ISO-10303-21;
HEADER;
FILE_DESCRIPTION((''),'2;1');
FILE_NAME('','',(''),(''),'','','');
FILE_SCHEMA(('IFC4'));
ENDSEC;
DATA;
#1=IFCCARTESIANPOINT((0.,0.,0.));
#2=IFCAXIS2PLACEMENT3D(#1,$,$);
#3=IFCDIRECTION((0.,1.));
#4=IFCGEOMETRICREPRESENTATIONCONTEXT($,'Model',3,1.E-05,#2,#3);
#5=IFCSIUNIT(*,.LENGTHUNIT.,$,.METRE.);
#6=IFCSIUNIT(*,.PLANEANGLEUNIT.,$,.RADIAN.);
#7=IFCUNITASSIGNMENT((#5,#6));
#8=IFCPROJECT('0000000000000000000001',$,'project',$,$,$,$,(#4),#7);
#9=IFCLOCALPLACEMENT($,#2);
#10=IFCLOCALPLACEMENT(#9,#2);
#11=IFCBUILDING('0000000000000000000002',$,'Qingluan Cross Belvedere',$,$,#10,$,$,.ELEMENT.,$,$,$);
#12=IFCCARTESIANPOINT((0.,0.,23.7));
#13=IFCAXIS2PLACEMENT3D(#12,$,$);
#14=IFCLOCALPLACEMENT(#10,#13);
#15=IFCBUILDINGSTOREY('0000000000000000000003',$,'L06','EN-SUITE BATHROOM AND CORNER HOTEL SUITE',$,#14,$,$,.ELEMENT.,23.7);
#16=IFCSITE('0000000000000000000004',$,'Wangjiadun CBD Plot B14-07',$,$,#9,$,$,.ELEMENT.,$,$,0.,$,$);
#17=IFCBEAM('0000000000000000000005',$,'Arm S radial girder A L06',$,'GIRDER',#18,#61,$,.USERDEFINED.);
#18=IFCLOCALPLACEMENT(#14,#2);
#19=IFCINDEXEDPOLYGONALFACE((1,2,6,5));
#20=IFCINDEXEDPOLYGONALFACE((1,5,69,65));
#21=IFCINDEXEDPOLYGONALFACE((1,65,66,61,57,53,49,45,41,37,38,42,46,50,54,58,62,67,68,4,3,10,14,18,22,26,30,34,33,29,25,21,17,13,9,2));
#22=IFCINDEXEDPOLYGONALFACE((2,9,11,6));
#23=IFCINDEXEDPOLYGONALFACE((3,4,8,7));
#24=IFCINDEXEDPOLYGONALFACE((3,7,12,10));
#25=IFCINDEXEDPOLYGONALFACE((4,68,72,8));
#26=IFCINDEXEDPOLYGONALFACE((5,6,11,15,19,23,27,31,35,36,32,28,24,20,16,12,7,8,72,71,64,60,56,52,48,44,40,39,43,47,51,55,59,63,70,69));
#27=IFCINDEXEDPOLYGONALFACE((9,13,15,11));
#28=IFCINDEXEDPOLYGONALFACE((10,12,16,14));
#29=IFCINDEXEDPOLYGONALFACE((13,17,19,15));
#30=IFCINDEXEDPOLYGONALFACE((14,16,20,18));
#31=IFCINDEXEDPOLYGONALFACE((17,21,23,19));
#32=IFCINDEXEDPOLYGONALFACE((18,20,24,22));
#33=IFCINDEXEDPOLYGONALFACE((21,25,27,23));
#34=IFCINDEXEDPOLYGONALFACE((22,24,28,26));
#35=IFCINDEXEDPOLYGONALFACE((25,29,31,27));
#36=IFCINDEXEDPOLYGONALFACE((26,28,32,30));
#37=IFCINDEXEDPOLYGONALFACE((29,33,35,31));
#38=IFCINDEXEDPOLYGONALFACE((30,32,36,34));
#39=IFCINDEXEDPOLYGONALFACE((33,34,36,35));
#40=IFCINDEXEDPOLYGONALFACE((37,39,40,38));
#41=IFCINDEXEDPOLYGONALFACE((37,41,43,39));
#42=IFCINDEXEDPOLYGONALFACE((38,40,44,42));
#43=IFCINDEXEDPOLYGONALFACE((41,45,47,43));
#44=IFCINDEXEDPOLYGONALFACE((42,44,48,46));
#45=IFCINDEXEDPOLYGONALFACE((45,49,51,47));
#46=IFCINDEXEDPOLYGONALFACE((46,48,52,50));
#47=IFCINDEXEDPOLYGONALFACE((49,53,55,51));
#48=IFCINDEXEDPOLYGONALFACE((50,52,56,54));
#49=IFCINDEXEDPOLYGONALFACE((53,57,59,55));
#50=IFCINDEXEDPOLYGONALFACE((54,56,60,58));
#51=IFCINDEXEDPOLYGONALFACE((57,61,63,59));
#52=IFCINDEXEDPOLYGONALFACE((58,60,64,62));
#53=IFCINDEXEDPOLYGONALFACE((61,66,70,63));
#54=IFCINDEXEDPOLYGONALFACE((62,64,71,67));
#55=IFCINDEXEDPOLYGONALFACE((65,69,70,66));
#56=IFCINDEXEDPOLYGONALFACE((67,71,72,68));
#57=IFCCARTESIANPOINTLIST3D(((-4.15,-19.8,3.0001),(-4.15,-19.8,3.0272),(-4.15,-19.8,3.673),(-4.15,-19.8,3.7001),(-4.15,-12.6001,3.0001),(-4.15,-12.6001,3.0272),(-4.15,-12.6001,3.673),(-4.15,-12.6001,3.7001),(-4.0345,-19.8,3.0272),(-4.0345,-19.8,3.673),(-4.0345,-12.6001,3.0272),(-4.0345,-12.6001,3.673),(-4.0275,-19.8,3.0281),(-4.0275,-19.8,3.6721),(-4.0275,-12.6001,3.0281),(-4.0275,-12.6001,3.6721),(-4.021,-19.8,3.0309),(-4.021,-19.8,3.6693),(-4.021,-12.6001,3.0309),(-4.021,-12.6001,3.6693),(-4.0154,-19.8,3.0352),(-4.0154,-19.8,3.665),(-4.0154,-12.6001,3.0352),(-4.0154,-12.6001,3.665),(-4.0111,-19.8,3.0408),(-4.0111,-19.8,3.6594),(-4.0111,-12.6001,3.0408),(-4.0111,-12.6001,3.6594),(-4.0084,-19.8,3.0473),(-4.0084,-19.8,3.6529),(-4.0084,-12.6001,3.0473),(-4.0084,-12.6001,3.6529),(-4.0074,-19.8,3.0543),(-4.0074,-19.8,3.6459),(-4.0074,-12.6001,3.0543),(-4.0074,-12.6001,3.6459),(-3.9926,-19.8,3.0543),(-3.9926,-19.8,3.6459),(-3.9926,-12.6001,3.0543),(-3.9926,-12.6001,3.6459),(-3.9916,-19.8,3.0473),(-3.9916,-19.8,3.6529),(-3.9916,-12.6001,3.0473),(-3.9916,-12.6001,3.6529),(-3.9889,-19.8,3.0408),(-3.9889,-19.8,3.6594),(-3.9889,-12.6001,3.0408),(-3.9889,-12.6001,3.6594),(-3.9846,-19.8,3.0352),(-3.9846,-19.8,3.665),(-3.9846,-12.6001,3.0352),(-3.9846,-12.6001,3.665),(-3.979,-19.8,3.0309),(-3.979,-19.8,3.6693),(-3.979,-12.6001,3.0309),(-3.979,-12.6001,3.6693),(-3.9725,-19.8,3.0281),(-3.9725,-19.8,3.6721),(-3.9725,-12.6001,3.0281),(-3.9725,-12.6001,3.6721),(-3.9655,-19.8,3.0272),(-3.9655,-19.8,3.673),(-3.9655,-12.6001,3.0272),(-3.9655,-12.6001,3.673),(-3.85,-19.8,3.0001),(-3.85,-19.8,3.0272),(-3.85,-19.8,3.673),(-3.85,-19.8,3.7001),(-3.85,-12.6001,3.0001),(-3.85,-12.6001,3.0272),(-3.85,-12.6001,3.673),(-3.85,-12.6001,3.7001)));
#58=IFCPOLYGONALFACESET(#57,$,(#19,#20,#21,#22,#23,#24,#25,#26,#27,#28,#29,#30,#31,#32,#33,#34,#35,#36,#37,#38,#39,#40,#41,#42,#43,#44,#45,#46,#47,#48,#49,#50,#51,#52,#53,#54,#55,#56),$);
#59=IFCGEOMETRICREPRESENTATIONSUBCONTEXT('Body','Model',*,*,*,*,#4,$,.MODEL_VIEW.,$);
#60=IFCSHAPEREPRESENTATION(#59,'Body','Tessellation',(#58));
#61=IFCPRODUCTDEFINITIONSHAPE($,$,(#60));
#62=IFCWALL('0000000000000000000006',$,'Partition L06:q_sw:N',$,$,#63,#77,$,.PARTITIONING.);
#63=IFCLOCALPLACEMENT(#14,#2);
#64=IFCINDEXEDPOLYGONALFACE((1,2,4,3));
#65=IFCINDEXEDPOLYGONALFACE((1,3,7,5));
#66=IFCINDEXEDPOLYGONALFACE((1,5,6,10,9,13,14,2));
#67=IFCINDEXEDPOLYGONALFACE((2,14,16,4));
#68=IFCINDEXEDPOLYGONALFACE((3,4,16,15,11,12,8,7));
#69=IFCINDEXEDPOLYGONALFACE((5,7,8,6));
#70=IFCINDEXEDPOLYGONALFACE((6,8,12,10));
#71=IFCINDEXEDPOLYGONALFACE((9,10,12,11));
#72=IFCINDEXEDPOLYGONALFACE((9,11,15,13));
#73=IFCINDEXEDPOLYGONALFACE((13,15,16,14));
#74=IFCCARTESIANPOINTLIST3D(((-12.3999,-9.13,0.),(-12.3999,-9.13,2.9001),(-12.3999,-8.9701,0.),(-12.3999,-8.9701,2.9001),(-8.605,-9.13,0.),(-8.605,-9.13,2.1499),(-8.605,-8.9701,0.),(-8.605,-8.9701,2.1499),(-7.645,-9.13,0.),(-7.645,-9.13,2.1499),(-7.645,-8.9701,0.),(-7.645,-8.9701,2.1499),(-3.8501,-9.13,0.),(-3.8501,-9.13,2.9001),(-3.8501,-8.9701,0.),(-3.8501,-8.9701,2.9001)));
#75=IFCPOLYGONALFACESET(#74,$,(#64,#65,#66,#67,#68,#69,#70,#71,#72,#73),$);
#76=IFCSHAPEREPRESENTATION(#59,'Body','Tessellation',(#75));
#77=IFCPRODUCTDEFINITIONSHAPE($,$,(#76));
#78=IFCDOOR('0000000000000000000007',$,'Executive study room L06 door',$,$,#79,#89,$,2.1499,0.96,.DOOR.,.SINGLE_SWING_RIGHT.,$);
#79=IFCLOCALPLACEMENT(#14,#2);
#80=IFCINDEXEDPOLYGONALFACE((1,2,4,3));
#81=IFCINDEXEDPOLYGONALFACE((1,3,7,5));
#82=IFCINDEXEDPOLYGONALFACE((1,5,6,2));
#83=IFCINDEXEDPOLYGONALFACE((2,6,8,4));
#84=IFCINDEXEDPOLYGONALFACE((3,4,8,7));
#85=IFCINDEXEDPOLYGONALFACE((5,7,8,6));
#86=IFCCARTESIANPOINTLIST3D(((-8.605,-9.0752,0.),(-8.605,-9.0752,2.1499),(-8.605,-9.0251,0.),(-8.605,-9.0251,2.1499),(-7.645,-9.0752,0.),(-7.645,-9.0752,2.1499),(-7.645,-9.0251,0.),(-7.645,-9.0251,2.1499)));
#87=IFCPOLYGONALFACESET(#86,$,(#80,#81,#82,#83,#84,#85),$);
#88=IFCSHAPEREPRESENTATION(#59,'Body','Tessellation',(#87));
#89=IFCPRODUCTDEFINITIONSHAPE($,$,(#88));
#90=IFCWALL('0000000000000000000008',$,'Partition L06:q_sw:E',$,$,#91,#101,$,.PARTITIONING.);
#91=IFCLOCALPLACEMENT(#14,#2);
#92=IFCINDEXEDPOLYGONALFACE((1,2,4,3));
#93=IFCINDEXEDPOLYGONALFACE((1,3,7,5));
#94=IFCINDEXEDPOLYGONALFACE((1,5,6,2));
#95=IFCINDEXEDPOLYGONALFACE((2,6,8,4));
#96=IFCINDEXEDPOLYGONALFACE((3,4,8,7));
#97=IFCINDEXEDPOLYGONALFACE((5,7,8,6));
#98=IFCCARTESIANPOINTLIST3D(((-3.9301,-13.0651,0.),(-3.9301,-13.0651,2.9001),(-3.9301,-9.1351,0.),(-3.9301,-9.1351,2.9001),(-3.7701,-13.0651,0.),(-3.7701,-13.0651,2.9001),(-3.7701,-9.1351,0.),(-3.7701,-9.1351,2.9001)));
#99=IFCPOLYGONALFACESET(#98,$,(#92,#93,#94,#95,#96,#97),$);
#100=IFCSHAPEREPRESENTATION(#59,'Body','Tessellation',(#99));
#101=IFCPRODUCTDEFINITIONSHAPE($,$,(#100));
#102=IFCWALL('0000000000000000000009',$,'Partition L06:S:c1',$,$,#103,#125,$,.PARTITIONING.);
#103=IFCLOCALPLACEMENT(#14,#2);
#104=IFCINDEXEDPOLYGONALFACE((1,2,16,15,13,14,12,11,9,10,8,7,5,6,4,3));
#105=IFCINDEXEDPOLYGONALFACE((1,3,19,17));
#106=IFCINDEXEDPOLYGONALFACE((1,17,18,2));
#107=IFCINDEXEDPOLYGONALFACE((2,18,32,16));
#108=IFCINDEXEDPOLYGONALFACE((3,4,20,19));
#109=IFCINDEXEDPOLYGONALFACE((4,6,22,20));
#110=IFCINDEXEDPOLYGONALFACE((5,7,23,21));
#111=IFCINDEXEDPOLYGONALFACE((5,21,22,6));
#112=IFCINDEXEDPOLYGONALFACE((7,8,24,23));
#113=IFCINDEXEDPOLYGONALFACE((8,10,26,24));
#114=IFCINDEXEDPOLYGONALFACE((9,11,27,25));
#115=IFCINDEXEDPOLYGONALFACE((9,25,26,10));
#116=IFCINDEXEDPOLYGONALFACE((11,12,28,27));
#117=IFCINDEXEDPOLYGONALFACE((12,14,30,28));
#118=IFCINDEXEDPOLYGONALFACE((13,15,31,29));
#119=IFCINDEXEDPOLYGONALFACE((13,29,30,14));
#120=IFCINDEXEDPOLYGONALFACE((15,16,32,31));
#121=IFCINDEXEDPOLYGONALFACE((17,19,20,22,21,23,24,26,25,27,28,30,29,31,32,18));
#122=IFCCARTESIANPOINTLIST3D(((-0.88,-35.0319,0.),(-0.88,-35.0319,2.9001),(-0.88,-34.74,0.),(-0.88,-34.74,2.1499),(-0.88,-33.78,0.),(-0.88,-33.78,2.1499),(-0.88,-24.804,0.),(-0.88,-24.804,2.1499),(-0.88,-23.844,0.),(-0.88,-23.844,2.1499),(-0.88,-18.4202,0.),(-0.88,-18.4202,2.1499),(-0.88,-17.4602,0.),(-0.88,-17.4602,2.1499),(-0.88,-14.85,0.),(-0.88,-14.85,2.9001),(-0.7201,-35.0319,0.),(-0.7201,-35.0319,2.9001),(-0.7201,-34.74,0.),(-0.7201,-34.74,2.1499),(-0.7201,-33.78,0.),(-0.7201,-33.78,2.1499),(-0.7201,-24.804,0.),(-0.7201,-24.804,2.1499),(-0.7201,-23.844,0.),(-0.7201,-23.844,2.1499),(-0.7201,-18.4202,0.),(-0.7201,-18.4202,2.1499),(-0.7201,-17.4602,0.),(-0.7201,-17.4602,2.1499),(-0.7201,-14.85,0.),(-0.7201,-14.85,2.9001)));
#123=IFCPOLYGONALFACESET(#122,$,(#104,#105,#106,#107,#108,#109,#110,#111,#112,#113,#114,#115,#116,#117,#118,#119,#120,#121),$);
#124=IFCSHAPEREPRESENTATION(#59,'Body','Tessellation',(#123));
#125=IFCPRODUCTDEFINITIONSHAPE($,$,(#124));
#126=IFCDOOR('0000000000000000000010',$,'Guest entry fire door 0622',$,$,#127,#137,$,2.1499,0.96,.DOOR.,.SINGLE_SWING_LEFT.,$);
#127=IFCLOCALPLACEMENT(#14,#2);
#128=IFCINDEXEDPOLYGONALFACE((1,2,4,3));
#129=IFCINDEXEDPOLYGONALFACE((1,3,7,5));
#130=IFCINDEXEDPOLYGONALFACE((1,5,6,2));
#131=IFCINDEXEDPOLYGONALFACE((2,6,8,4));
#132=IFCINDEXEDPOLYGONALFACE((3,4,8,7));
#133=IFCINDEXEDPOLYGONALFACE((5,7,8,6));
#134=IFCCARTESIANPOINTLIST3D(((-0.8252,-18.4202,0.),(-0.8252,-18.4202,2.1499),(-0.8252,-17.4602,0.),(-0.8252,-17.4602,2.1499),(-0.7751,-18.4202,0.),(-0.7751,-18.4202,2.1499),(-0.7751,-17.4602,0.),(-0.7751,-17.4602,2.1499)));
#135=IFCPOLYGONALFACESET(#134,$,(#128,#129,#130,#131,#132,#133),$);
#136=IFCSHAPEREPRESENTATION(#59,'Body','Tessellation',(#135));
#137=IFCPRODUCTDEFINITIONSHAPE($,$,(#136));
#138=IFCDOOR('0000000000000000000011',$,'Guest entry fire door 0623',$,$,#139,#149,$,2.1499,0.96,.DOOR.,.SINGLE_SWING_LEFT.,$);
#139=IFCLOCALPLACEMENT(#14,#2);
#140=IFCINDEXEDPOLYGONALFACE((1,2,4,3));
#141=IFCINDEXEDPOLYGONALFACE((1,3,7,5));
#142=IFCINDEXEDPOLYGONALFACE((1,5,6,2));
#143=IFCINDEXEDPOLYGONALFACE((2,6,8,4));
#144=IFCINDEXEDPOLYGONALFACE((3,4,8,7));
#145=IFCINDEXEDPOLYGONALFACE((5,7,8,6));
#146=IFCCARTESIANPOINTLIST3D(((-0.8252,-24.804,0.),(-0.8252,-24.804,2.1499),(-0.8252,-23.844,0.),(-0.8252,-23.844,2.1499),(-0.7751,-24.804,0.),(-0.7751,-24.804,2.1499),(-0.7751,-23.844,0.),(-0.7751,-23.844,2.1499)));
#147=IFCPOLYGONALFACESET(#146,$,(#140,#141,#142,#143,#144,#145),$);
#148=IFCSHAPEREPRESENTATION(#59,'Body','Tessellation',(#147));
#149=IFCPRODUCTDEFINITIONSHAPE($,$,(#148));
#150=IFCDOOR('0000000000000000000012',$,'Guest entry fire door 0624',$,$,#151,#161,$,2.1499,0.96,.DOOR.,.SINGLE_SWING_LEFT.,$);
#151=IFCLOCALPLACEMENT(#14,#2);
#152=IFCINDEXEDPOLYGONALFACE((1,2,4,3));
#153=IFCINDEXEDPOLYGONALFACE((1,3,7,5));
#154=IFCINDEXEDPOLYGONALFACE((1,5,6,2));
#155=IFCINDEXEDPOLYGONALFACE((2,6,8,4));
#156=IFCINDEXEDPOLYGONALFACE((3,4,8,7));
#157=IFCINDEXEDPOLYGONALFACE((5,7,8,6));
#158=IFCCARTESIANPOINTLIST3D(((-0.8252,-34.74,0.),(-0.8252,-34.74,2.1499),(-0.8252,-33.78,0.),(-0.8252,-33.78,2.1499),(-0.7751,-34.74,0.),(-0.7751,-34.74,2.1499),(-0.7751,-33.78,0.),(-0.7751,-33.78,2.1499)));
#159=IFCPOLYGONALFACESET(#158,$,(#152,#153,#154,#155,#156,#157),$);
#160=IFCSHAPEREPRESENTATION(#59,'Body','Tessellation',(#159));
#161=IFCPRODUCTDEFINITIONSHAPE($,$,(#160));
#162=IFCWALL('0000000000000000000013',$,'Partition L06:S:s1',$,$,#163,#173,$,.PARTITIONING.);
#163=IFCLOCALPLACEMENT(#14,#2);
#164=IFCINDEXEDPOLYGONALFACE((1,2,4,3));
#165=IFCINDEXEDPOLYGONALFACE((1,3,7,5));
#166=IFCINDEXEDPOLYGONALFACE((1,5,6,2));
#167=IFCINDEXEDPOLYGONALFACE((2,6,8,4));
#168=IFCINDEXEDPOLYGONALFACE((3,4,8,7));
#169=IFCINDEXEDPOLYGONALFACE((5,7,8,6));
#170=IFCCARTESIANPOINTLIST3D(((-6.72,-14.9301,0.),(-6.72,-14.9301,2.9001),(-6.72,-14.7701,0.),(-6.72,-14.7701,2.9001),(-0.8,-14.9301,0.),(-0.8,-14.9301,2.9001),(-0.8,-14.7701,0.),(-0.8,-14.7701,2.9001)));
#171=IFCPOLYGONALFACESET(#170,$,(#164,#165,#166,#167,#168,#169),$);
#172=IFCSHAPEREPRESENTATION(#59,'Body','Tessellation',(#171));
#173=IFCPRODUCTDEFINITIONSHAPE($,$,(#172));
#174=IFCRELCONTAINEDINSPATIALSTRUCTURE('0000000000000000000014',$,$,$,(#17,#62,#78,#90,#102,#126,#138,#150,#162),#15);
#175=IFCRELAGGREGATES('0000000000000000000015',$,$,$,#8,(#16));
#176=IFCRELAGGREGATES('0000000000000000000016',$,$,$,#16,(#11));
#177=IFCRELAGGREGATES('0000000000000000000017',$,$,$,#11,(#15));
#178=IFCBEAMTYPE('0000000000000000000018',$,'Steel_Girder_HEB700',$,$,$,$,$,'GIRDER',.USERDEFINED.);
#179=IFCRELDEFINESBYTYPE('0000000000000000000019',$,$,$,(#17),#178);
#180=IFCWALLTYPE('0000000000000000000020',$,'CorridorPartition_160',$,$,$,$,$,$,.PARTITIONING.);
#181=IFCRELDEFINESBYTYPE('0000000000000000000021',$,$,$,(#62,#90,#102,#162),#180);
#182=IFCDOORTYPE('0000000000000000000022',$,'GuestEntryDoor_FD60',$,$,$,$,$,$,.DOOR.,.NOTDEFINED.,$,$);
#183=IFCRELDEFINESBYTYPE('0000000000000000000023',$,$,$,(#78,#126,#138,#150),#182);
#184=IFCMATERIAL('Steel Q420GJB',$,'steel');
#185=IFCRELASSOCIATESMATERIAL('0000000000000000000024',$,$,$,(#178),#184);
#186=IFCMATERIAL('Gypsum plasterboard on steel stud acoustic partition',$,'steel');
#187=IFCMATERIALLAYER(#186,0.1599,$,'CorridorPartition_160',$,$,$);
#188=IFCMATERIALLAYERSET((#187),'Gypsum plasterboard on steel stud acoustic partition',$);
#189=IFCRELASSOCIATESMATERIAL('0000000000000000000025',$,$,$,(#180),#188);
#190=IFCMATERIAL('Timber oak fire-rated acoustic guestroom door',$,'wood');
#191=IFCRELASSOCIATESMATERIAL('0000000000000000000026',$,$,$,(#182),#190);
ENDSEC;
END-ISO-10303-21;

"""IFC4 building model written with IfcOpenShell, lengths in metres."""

from ifc_helpers import new_model, si_unit, direction, frame, frame_2d, origin, origin_2d, place, context, subcontext, project, spatial, rectangle, i_section, extrude, material, layer, layer_set, material_profile, profile_set, type_object, element, fill, save


model = new_model("IFC4")

# Units and contexts
model_context = context("Model", 3, precision=1e-05, world=origin(), true_north=direction((0.0, 1.0)))
body_context = subcontext(model_context, "Body", "Model", "MODEL_VIEW")
ifc_project = project(units=[si_unit("LENGTHUNIT", "METRE"), si_unit("PLANEANGLEUNIT", "RADIAN")], contexts=[model_context])

# Site, building, storey
site_placement = place(None, origin())
site = spatial("IfcSite", under=ifc_project, at=site_placement, Name="Wangjiadun CBD Plot B14-07", CompositionType="ELEMENT", RefElevation=0.0)
building_placement = place(site_placement, origin())
building = spatial("IfcBuilding", under=site, at=building_placement, Name="Qingluan Cross Belvedere", CompositionType="ELEMENT")
storey_placement = place(building_placement, frame((0.0, 0.0, 23.7)))
storey = spatial("IfcBuildingStorey", under=building, at=storey_placement, Name="L06", Description="EN-SUITE BATHROOM AND CORNER HOTEL SUITE", CompositionType="ELEMENT", Elevation=23.7)

# Beam
ifc_material_1 = material(Name="Steel Q420GJB", Category="steel")
ifc_material_profile_1 = material_profile(ifc_material_1, i_section(OverallWidth=0.3, OverallDepth=0.7, WebThickness=0.0149, FlangeThickness=0.0271, FilletRadius=0.0271, at=origin_2d()), Name="HEB700")
ifc_profile_set_1 = profile_set([ifc_material_profile_1], Name="Steel Q420GJB")
beam_type = type_object("IfcBeamType", Name="Steel_Girder_HEB700", ElementType="GIRDER", PredefinedType="USERDEFINED", material=ifc_profile_set_1)
beam_1_placement = place(storey_placement, frame((-4.0, -12.6001, 3.3501), z_axis=(0.0, -1.0, 0.0), x_axis=(1.0, 0.0, 0.0)))
element("IfcBeam", 1, at=beam_1_placement, inside=storey, type_object=beam_type, Name="Arm S radial girder A L06", ObjectType="GIRDER", PredefinedType="USERDEFINED", context=body_context, shape_type="SweptSolid", body=[
    extrude(i_section(OverallWidth=0.3, OverallDepth=0.7, WebThickness=0.0149, FlangeThickness=0.0271, FilletRadius=0.0271, at=origin_2d()), origin(), (0.0, 0.0, 1.0), 7.2),
])

# Wall, opening, door
ifc_material_2 = material(Name="Gypsum plasterboard on steel stud acoustic partition", Category="steel")
ifc_layer_1 = layer(ifc_material_2, 0.1599, Name="CorridorPartition_160")
ifc_layer_set_1 = layer_set([ifc_layer_1], Name="Gypsum plasterboard on steel stud acoustic partition")
wall_type_1 = type_object("IfcWallType", Name="CorridorPartition_160", PredefinedType="PARTITIONING", material=ifc_layer_set_1)
wall_1_placement = place(storey_placement, frame((-12.3999, -9.05, 0.0), z_axis=(0.0, 0.0, 1.0), x_axis=(1.0, 0.0, 0.0)))
wall_1 = element("IfcWall", 2, at=wall_1_placement, inside=storey, type_object=wall_type_1, Name="Partition L06:q_sw:N", PredefinedType="PARTITIONING", context=body_context, shape_type="SweptSolid", body=[
    extrude(rectangle(XDim=8.5498, YDim=0.1599, at=frame_2d((4.2749, 0.0))), origin(), (0.0, 0.0, 1.0), 2.9001),
])
opening_1_placement = place(wall_1_placement, frame((3.7949, 0.0, 0.0)))
opening_1 = element("IfcOpeningElement", 3, at=opening_1_placement, cuts=wall_1, PredefinedType="OPENING", context=body_context, shape_type="SweptSolid", body=[
    extrude(rectangle(XDim=0.96, YDim=2.1499, at=frame_2d((0.48, 1.075))), frame((0.0, 0.0898, 0.0), z_axis=(0.0, -1.0, 0.0), x_axis=(1.0, 0.0, 0.0)), (0.0, 0.0, 1.0), 0.1799),
])
ifc_material_3 = material(Name="Timber oak fire-rated acoustic guestroom door", Category="wood")
door_type = type_object("IfcDoorType", Name="GuestEntryDoor_FD60", OperationType="NOTDEFINED", PredefinedType="DOOR", material=ifc_material_3)
door_1_placement = place(opening_1_placement, origin())
door_1 = element("IfcDoor", 4, at=door_1_placement, inside=storey, type_object=door_type, Name="Executive study room L06 door", OperationType="SINGLE_SWING_RIGHT", OverallHeight=2.1499, OverallWidth=0.96, PredefinedType="DOOR", context=body_context, shape_type="SweptSolid", body=[
    extrude(rectangle(XDim=0.96, YDim=2.1499, at=frame_2d((0.48, 1.075))), frame((0.0, 0.0249, 0.0), z_axis=(0.0, -1.0, 0.0), x_axis=(1.0, 0.0, 0.0)), (0.0, 0.0, 1.0), 0.05),
])
fill(opening_1, door_1)

# Wall
wall_2_placement = place(storey_placement, frame((-3.8501, -13.0649, 0.0), z_axis=(0.0, 0.0, 1.0), x_axis=(0.0, 1.0, 0.0)))
element("IfcWall", 5, at=wall_2_placement, inside=storey, type_object=wall_type_1, Name="Partition L06:q_sw:E", PredefinedType="PARTITIONING", context=body_context, shape_type="SweptSolid", body=[
    extrude(rectangle(XDim=3.9299, YDim=0.1599, at=frame_2d((1.9648, 0.0))), origin(), (0.0, 0.0, 1.0), 2.9001),
])

# Wall, openings, doors
wall_3_placement = place(storey_placement, frame((-0.8, -14.8501, 0.0), z_axis=(0.0, 0.0, 1.0), x_axis=(0.0, -1.0, 0.0)))
wall_3 = element("IfcWall", 6, at=wall_3_placement, inside=storey, type_object=wall_type_1, Name="Partition L06:S:c1", PredefinedType="PARTITIONING", context=body_context, shape_type="SweptSolid", body=[
    extrude(rectangle(XDim=20.1819, YDim=0.1599, at=frame_2d((10.0908, 0.0))), origin(), (0.0, 0.0, 1.0), 2.9001),
])
opening_2_placement = place(wall_3_placement, frame((2.6101, 0.0, 0.0)))
opening_2 = element("IfcOpeningElement", 7, at=opening_2_placement, cuts=wall_3, PredefinedType="OPENING", context=body_context, shape_type="SweptSolid", body=[
    extrude(rectangle(XDim=0.96, YDim=2.1499, at=frame_2d((0.48, 1.075))), frame((0.0, 0.0898, 0.0), z_axis=(0.0, -1.0, 0.0), x_axis=(1.0, 0.0, 0.0)), (0.0, 0.0, 1.0), 0.1799),
])
opening_3_placement = place(wall_3_placement, frame((8.9939, 0.0, 0.0)))
opening_3 = element("IfcOpeningElement", 8, at=opening_3_placement, cuts=wall_3, PredefinedType="OPENING", context=body_context, shape_type="SweptSolid", body=[
    extrude(rectangle(XDim=0.96, YDim=2.1499, at=frame_2d((0.48, 1.075))), frame((0.0, 0.0898, 0.0), z_axis=(0.0, -1.0, 0.0), x_axis=(1.0, 0.0, 0.0)), (0.0, 0.0, 1.0), 0.1799),
])
opening_4_placement = place(wall_3_placement, frame((18.9299, 0.0, 0.0)))
opening_4 = element("IfcOpeningElement", 9, at=opening_4_placement, cuts=wall_3, PredefinedType="OPENING", context=body_context, shape_type="SweptSolid", body=[
    extrude(rectangle(XDim=0.96, YDim=2.1499, at=frame_2d((0.48, 1.075))), frame((0.0, 0.0898, 0.0), z_axis=(0.0, -1.0, 0.0), x_axis=(1.0, 0.0, 0.0)), (0.0, 0.0, 1.0), 0.1799),
])
door_2_placement = place(opening_2_placement, origin())
door_2 = element("IfcDoor", 10, at=door_2_placement, inside=storey, type_object=door_type, Name="Guest entry fire door 0622", OperationType="SINGLE_SWING_LEFT", OverallHeight=2.1499, OverallWidth=0.96, PredefinedType="DOOR", context=body_context, shape_type="SweptSolid", body=[
    extrude(rectangle(XDim=0.96, YDim=2.1499, at=frame_2d((0.48, 1.075))), frame((0.0, 0.0249, 0.0), z_axis=(0.0, -1.0, 0.0), x_axis=(1.0, 0.0, 0.0)), (0.0, 0.0, 1.0), 0.05),
])
fill(opening_2, door_2)
door_3_placement = place(opening_3_placement, origin())
door_3 = element("IfcDoor", 11, at=door_3_placement, inside=storey, type_object=door_type, Name="Guest entry fire door 0623", OperationType="SINGLE_SWING_LEFT", OverallHeight=2.1499, OverallWidth=0.96, PredefinedType="DOOR", context=body_context, shape_type="SweptSolid", body=[
    extrude(rectangle(XDim=0.96, YDim=2.1499, at=frame_2d((0.48, 1.075))), frame((0.0, 0.0249, 0.0), z_axis=(0.0, -1.0, 0.0), x_axis=(1.0, 0.0, 0.0)), (0.0, 0.0, 1.0), 0.05),
])
fill(opening_3, door_3)
door_4_placement = place(opening_4_placement, origin())
door_4 = element("IfcDoor", 12, at=door_4_placement, inside=storey, type_object=door_type, Name="Guest entry fire door 0624", OperationType="SINGLE_SWING_LEFT", OverallHeight=2.1499, OverallWidth=0.96, PredefinedType="DOOR", context=body_context, shape_type="SweptSolid", body=[
    extrude(rectangle(XDim=0.96, YDim=2.1499, at=frame_2d((0.48, 1.075))), frame((0.0, 0.0249, 0.0), z_axis=(0.0, -1.0, 0.0), x_axis=(1.0, 0.0, 0.0)), (0.0, 0.0, 1.0), 0.05),
])
fill(opening_4, door_4)

# Wall
wall_4_placement = place(storey_placement, frame((-0.8, -14.8501, 0.0), z_axis=(0.0, 0.0, 1.0), x_axis=(-1.0, 0.0, 0.0)))
element("IfcWall", 13, at=wall_4_placement, inside=storey, type_object=wall_type_1, Name="Partition L06:S:s1", PredefinedType="PARTITIONING", context=body_context, shape_type="SweptSolid", body=[
    extrude(rectangle(XDim=5.9199, YDim=0.1599, at=frame_2d((2.96, 0.0))), origin(), (0.0, 0.0, 1.0), 2.9001),
])

save(model, "model.ifc")
